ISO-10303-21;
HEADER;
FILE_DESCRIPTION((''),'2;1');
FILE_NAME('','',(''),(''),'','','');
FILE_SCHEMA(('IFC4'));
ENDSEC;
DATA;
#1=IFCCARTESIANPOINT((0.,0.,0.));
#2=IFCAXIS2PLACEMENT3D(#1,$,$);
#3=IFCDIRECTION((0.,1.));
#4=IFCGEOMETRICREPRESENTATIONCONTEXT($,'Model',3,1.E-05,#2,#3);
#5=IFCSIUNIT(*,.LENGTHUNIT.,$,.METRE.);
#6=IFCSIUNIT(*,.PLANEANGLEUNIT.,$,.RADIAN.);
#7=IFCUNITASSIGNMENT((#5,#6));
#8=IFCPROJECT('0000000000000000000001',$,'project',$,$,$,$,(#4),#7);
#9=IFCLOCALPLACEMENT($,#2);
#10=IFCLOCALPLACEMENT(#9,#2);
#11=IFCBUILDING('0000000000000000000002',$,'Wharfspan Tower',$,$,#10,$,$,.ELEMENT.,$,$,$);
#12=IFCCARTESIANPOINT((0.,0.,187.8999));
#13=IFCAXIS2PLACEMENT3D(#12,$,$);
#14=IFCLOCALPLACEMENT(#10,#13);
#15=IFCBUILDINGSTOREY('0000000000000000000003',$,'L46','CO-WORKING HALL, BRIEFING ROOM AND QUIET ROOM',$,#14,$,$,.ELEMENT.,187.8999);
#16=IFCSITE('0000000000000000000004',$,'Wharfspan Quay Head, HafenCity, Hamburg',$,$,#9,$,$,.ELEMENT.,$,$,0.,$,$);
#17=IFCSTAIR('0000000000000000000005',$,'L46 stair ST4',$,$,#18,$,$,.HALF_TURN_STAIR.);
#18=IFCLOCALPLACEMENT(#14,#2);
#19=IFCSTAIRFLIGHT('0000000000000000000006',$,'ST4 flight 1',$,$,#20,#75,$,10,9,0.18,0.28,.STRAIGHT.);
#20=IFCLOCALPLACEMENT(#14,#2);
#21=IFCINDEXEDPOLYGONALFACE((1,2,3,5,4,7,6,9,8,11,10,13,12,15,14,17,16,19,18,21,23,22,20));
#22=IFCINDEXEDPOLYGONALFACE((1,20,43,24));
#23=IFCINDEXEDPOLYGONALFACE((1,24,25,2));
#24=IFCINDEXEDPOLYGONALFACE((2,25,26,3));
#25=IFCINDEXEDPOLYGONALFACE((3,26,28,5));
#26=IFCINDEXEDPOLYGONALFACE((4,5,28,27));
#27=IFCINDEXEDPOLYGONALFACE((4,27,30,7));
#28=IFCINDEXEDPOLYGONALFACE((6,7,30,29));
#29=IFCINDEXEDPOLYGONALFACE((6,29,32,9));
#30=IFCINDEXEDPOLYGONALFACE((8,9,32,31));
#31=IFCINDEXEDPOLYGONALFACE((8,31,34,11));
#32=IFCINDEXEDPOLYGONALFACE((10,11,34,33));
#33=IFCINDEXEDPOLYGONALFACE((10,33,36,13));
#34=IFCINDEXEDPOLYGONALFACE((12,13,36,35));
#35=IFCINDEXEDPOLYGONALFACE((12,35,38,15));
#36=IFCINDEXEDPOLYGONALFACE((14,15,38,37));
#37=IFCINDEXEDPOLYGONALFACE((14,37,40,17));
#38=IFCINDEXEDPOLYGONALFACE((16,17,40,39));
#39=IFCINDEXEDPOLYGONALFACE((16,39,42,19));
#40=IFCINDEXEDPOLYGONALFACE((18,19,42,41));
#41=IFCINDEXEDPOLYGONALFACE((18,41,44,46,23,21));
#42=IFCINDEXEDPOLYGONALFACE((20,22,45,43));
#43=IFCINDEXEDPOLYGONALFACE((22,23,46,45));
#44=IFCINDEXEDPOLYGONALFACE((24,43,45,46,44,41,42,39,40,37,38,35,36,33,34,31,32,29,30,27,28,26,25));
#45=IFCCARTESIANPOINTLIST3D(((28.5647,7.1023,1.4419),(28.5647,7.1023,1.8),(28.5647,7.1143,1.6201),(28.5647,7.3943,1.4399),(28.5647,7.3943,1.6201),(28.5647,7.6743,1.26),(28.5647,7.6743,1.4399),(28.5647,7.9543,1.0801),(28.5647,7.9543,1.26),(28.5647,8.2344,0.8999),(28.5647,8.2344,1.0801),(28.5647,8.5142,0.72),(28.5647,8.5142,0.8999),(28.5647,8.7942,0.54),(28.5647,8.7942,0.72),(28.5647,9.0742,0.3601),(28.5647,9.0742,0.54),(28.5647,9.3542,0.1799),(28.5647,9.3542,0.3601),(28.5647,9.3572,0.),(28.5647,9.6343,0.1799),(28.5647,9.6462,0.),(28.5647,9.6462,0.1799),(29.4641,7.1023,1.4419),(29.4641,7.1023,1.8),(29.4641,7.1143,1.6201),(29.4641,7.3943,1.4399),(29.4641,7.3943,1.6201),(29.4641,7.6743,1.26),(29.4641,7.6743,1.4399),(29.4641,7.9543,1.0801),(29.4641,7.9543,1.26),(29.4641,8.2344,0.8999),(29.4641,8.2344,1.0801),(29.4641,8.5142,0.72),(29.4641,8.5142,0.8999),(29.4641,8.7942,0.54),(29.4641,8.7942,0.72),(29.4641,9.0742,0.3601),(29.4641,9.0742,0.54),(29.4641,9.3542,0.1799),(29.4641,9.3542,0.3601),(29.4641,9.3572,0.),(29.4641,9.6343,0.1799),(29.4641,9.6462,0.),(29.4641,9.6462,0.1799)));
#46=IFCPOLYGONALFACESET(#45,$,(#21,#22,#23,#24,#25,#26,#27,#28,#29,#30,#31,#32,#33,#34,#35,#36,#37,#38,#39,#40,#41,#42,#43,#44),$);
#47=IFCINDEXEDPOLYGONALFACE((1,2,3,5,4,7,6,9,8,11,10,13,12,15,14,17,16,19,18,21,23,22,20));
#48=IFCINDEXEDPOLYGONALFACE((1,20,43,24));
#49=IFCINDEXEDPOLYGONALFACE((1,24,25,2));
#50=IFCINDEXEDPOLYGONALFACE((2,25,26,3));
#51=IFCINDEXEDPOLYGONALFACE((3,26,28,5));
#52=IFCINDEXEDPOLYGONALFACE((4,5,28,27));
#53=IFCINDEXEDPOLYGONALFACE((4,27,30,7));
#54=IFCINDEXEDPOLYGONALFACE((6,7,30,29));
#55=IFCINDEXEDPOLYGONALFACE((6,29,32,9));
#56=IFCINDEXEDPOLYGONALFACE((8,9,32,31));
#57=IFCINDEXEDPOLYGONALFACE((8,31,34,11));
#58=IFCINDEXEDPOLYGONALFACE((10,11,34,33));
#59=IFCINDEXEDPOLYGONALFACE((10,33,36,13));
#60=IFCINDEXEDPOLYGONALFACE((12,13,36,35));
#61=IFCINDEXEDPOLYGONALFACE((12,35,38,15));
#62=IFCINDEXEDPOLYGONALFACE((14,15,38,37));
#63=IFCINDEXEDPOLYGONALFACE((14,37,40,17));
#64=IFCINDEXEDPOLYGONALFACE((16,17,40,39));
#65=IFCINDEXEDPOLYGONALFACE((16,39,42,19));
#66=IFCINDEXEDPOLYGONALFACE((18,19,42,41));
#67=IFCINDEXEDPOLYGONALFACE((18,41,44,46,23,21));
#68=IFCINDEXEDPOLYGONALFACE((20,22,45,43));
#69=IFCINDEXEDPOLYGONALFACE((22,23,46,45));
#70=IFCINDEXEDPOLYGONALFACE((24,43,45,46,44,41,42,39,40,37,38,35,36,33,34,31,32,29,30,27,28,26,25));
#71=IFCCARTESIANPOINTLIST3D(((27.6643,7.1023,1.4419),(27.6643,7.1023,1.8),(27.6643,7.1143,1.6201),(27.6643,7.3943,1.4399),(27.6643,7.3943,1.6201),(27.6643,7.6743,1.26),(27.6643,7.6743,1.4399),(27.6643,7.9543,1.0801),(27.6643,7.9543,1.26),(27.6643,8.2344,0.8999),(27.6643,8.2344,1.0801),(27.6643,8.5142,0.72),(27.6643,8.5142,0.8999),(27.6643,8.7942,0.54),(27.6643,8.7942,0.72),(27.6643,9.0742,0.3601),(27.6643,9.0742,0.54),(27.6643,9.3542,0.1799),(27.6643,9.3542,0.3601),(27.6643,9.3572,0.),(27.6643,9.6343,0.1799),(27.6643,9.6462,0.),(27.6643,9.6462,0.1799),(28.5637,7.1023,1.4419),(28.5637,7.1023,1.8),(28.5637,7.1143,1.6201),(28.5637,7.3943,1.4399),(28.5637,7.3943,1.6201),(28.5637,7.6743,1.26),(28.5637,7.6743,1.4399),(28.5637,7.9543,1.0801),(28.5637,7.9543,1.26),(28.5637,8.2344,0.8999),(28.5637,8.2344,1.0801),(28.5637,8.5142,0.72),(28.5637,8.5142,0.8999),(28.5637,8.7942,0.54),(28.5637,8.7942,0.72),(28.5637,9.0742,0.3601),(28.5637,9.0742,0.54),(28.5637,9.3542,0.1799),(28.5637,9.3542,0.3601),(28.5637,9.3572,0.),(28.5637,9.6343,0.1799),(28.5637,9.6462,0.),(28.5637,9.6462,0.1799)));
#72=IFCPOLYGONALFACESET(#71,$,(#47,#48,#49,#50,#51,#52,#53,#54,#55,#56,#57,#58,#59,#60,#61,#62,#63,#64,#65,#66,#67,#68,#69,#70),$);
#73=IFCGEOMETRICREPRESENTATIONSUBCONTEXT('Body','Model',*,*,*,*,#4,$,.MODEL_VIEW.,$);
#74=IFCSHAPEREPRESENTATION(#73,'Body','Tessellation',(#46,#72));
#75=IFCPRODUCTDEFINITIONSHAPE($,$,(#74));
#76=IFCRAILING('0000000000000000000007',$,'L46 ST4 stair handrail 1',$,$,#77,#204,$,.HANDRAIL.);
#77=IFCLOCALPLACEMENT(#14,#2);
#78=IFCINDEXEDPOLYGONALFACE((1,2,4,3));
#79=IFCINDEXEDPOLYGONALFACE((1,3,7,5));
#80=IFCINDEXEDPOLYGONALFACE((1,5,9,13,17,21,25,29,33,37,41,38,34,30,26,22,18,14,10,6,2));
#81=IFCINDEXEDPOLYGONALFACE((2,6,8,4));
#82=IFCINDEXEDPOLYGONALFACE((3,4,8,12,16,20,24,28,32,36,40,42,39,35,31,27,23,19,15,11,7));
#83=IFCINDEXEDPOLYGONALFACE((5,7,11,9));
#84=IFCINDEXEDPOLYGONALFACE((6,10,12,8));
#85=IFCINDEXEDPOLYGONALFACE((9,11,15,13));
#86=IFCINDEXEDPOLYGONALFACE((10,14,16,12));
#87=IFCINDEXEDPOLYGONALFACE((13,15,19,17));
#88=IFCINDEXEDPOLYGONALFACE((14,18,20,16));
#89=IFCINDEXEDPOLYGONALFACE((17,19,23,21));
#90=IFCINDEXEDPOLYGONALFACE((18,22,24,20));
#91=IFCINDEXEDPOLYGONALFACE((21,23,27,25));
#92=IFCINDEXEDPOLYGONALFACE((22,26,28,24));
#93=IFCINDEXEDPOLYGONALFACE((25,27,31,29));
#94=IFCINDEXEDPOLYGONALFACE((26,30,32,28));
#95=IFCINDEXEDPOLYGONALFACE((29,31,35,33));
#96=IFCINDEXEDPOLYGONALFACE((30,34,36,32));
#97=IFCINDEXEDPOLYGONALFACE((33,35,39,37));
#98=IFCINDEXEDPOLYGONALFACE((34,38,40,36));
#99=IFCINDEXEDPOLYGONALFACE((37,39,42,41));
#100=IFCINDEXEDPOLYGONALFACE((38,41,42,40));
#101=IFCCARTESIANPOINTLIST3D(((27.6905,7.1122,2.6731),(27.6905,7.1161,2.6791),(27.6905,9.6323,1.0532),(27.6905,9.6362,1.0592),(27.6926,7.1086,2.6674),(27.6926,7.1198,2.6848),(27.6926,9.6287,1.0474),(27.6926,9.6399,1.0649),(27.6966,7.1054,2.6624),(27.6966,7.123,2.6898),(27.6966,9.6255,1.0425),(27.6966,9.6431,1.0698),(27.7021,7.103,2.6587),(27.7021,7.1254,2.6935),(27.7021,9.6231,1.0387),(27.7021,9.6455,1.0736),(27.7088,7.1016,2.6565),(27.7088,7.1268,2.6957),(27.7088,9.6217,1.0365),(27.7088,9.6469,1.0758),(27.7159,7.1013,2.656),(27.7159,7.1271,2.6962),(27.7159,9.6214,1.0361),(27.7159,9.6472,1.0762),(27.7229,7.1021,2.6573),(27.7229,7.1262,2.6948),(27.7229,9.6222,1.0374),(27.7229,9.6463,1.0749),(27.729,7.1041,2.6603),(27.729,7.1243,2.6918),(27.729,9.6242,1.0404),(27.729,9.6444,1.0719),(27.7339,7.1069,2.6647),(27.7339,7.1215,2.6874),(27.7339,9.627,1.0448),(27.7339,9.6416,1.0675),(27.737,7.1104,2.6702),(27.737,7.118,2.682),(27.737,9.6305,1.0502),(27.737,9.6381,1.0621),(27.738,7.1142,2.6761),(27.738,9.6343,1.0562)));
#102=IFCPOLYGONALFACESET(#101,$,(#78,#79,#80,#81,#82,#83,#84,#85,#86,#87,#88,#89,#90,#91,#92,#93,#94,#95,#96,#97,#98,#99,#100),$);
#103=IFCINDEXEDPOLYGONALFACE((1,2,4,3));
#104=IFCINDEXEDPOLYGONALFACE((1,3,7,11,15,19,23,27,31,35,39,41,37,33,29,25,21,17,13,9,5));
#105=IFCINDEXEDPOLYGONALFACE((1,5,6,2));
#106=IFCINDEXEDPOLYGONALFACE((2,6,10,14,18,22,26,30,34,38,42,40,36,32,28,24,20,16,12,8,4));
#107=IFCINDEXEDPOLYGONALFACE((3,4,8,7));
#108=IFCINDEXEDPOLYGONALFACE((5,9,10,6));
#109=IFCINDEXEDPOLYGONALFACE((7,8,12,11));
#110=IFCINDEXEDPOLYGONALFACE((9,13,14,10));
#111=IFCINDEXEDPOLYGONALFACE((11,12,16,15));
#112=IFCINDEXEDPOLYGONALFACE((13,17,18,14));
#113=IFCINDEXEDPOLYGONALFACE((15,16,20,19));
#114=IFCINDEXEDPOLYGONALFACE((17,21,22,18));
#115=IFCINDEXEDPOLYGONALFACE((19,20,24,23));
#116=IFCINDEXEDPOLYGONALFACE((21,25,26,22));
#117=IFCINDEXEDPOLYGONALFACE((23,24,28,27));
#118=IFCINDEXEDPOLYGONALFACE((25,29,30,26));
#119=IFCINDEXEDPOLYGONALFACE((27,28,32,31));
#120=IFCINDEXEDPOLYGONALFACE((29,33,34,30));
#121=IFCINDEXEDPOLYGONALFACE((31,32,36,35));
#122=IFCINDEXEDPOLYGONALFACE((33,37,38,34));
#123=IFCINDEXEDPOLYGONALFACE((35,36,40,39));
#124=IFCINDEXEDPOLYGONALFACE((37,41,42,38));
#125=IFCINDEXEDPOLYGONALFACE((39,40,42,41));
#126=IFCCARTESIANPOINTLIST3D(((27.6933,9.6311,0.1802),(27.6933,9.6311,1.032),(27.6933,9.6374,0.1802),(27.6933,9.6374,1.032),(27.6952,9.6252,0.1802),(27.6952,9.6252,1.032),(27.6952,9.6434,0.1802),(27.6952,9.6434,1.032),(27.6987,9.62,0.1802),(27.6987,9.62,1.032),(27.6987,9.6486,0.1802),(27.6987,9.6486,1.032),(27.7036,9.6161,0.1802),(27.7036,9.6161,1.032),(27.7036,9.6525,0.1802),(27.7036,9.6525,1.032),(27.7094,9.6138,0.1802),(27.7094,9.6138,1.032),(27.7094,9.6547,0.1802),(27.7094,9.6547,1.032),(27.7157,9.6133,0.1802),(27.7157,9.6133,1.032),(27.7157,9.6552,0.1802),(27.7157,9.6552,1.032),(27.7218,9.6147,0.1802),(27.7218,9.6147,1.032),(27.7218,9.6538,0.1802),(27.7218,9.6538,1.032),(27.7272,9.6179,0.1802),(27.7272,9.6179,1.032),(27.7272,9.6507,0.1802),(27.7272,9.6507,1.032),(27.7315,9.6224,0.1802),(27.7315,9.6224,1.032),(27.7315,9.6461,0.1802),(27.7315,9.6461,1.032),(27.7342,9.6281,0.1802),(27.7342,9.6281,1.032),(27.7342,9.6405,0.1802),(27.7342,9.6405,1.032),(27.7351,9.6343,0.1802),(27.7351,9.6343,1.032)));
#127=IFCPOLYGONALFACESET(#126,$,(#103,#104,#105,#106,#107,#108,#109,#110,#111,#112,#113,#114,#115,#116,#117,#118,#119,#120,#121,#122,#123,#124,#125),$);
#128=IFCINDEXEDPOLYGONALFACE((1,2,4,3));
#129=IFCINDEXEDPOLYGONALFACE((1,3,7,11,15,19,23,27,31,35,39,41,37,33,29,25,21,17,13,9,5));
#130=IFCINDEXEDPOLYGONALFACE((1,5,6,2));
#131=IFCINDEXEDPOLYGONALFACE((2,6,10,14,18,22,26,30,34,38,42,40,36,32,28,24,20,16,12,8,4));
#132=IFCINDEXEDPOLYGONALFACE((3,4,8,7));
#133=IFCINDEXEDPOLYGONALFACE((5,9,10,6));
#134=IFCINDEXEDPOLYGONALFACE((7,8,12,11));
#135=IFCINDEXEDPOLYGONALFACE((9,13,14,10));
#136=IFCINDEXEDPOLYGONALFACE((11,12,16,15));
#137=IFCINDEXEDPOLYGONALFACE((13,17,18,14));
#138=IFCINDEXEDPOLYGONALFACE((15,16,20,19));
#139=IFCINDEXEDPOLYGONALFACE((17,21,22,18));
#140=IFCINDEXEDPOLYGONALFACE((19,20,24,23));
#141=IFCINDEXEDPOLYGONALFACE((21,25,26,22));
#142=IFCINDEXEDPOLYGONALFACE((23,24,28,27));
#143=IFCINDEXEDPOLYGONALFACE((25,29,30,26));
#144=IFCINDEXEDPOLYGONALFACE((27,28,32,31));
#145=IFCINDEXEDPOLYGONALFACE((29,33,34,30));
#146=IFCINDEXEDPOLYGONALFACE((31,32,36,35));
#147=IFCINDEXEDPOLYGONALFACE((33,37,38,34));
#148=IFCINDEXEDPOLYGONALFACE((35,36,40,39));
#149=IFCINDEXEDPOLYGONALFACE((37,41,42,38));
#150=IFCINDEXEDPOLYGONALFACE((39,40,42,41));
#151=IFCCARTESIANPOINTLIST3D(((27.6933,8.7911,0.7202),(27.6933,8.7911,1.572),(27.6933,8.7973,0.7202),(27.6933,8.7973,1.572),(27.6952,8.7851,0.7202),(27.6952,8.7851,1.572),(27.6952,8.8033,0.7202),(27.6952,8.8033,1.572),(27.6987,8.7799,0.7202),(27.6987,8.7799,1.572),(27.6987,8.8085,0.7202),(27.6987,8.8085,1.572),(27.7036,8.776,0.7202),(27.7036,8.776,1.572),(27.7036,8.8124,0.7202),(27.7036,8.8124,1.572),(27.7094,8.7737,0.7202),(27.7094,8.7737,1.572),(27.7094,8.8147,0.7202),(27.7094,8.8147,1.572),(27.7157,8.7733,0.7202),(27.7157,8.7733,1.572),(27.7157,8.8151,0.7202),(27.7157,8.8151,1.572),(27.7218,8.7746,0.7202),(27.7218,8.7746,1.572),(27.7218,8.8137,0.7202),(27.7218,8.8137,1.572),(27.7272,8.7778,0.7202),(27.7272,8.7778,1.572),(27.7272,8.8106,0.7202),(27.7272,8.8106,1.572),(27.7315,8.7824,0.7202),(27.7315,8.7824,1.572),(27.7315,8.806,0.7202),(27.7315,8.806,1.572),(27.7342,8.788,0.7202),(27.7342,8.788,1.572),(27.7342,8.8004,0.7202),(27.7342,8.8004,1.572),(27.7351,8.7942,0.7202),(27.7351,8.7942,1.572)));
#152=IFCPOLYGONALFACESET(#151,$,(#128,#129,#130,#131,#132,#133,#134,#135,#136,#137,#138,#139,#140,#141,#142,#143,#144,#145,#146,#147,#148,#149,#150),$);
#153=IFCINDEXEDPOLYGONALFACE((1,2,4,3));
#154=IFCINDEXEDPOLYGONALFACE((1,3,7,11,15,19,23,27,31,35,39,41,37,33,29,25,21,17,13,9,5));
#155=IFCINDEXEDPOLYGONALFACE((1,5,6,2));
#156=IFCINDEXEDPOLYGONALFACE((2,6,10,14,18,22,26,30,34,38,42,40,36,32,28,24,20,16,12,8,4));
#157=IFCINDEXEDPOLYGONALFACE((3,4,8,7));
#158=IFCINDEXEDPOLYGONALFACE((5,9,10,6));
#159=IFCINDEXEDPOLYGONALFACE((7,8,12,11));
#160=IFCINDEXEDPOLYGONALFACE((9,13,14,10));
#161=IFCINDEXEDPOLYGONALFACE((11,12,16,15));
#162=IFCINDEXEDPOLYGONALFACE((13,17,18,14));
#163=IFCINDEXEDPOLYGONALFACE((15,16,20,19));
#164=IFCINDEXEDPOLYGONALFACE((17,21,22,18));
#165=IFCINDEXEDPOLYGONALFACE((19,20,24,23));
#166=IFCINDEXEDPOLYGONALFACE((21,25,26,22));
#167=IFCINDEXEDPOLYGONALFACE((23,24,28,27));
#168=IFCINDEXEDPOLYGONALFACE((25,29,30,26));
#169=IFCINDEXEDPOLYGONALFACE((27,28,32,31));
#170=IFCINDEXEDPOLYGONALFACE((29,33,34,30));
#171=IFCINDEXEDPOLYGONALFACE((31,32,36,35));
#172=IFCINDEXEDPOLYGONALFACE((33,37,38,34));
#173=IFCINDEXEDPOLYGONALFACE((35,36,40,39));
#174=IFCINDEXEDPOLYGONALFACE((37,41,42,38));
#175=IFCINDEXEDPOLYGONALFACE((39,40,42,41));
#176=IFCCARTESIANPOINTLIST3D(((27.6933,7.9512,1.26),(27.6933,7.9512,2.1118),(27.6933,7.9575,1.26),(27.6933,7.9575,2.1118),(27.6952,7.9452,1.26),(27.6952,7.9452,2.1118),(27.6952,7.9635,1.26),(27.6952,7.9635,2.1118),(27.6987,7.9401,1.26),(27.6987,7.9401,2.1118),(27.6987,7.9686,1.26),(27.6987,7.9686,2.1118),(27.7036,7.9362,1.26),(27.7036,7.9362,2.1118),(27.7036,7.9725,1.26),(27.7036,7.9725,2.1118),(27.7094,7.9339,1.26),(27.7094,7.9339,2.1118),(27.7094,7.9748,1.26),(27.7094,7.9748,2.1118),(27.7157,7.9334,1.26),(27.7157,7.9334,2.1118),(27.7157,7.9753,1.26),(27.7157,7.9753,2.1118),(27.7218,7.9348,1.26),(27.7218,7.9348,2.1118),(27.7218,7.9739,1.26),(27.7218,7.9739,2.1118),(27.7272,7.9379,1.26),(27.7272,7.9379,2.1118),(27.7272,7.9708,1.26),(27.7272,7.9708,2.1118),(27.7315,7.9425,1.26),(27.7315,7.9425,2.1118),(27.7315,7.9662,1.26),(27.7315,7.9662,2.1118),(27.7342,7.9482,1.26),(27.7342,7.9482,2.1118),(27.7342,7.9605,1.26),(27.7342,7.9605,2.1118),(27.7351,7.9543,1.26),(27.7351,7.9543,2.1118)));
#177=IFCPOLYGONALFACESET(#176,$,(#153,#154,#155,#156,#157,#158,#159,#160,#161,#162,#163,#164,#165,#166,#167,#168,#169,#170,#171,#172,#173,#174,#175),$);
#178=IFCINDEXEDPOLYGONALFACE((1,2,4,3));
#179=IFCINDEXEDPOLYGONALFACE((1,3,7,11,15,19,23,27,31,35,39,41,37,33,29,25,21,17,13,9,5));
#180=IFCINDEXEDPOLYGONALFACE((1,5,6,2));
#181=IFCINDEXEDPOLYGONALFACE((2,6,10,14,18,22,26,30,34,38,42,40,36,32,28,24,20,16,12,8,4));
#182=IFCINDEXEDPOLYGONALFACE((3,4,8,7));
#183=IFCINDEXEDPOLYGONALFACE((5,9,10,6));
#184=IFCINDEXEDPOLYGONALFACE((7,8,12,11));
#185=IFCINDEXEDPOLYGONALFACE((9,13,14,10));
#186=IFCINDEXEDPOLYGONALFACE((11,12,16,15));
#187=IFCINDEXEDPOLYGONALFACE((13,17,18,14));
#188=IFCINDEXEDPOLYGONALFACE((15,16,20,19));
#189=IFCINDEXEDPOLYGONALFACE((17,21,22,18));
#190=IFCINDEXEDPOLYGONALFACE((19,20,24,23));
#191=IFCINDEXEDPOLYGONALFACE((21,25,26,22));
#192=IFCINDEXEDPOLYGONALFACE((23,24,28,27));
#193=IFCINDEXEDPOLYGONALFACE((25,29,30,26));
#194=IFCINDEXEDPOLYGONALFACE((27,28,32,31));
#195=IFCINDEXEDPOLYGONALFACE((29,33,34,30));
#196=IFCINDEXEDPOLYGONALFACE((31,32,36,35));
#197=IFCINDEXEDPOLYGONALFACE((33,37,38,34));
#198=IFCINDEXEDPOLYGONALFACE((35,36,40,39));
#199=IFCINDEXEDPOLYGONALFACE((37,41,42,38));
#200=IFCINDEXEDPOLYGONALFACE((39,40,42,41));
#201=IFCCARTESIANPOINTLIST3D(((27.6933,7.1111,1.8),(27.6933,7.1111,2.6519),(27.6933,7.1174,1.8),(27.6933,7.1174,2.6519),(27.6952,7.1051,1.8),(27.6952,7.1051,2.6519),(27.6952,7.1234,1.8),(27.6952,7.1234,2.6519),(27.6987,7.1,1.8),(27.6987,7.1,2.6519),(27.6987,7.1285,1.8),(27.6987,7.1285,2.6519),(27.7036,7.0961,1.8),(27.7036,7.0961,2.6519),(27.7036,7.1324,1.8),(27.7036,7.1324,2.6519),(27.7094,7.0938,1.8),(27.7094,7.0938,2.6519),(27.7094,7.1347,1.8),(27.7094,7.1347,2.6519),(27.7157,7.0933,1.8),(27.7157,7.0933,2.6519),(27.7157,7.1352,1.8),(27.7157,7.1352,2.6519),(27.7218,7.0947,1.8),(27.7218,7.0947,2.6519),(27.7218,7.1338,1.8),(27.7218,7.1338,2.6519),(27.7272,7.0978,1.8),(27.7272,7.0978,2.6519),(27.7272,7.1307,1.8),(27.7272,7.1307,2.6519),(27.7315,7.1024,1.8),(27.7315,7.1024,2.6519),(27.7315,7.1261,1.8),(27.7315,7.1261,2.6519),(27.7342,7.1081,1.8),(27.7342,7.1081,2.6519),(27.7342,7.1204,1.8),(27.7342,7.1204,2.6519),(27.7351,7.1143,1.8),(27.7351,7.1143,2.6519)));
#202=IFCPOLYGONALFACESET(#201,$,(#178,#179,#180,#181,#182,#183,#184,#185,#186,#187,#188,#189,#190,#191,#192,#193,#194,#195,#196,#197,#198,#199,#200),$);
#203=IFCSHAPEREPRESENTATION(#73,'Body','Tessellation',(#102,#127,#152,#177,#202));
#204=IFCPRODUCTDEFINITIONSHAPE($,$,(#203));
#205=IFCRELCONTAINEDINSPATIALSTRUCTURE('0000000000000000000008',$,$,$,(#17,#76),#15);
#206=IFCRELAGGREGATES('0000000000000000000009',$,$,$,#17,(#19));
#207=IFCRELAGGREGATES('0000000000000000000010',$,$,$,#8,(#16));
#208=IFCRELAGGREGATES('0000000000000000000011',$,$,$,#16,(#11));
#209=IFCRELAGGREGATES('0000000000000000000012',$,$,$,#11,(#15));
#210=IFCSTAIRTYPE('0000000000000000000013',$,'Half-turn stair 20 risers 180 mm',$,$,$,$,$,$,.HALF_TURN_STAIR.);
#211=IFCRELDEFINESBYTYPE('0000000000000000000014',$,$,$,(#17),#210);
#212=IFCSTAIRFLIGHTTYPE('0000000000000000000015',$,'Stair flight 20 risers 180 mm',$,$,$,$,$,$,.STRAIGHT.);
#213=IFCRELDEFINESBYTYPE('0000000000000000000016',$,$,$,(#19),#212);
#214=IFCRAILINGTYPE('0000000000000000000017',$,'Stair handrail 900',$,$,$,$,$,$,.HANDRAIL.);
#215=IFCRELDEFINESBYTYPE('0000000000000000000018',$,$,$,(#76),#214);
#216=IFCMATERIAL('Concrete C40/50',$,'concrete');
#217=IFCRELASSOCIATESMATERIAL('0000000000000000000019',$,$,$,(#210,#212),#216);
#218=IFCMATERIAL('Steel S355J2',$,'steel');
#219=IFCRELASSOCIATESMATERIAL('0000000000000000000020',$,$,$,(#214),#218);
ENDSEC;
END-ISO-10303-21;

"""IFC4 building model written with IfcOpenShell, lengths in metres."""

from ifc_helpers import new_model, si_unit, direction, frame, origin, origin_2d, place, context, subcontext, project, spatial, polyline, circle, outline, extrude, material, type_object, element, aggregate, save


model = new_model("IFC4")

# Units and contexts
model_context = context("Model", 3, precision=1e-05, world=origin(), true_north=direction((0.0, 1.0)))
body_context = subcontext(model_context, "Body", "Model", "MODEL_VIEW")
ifc_project = project(units=[si_unit("LENGTHUNIT", "METRE"), si_unit("PLANEANGLEUNIT", "RADIAN")], contexts=[model_context])

# Site, building, storey
site_placement = place(None, origin())
site = spatial("IfcSite", under=ifc_project, at=site_placement, Name="Wharfspan Quay Head, HafenCity, Hamburg", CompositionType="ELEMENT", RefElevation=0.0)
building_placement = place(site_placement, origin())
building = spatial("IfcBuilding", under=site, at=building_placement, Name="Wharfspan Tower", CompositionType="ELEMENT")
storey_placement = place(building_placement, frame((0.0, 0.0, 187.8999)))
storey = spatial("IfcBuildingStorey", under=building, at=storey_placement, Name="L46", Description="CO-WORKING HALL, BRIEFING ROOM AND QUIET ROOM", CompositionType="ELEMENT", Elevation=187.8999)

# Shared definitions
ifc_material_1 = material(Name="Steel S355J2", Category="steel")

# Shared definitions
ifc_material_2 = material(Name="Concrete C40/50", Category="concrete")

# Stair, stair flight
stair_type = type_object("IfcStairType", Name="Half-turn stair 20 risers 180 mm", PredefinedType="HALF_TURN_STAIR", material=ifc_material_2)
stair_placement = place(storey_placement, origin())
stair = element("IfcStair", 1, at=stair_placement, inside=storey, type_object=stair_type, Name="L46 stair ST4", PredefinedType="HALF_TURN_STAIR")
stair_flight_type = type_object("IfcStairFlightType", Name="Stair flight 20 risers 180 mm", PredefinedType="STRAIGHT", material=ifc_material_2)
stair_flight_placement = place(storey_placement, frame((28.5642, 9.6343, 0.0), z_axis=(0.0, 0.0, 1.0), x_axis=(0.0, -1.0, 0.0)))
stair_flight = element("IfcStairFlight", 2, at=stair_flight_placement, type_object=stair_flight_type, Name="ST4 flight 1", NumberOfRisers=10, NumberOfTreads=9, PredefinedType="STRAIGHT", RiserHeight=0.18, TreadLength=0.28, context=body_context, shape_type="SweptSolid", body=[
    extrude(outline(polyline([(-0.012, 0.0), (-0.012, 0.1799), (0.0, 0.1799), (0.28, 0.1799), (0.28, 0.3601), (0.5601, 0.3601), (0.5601, 0.54), (0.8401, 0.54), (0.8401, 0.72), (1.1201, 0.72), (1.1201, 0.8999), (1.3999, 0.8999), (1.3999, 1.0801), (1.6799, 1.0801), (1.6799, 1.26), (1.96, 1.26), (1.96, 1.4399), (2.24, 1.4399), (2.24, 1.6201), (2.52, 1.6201), (2.532, 1.8), (2.532, 1.4419), (0.2771, 0.0), (-0.012, 0.0)])), frame((0.0, 0.8999, 0.0), z_axis=(0.0, -1.0, 0.0), x_axis=(1.0, 0.0, 0.0)), (0.0, 0.0, 1.0), 0.8994),
    extrude(outline(polyline([(-0.012, 0.0), (-0.012, 0.1799), (0.0, 0.1799), (0.28, 0.1799), (0.28, 0.3601), (0.5601, 0.3601), (0.5601, 0.54), (0.8401, 0.54), (0.8401, 0.72), (1.1201, 0.72), (1.1201, 0.8999), (1.3999, 0.8999), (1.3999, 1.0801), (1.6799, 1.0801), (1.6799, 1.26), (1.96, 1.26), (1.96, 1.4399), (2.24, 1.4399), (2.24, 1.6201), (2.52, 1.6201), (2.532, 1.8), (2.532, 1.4419), (0.2771, 0.0), (-0.012, 0.0)])), frame((0.0, -0.0005, 0.0), z_axis=(0.0, -1.0, 0.0), x_axis=(1.0, 0.0, 0.0)), (0.0, 0.0, 1.0), 0.8994),
])
aggregate(stair, [stair_flight])

# Railing
railing_type = type_object("IfcRailingType", Name="Stair handrail 900", PredefinedType="HANDRAIL", material=ifc_material_1)
railing_placement = place(storey_placement, frame((27.7141, 9.6343, 0.1802)))
element("IfcRailing", 3, at=railing_placement, inside=storey, type_object=railing_type, Name="L46 ST4 stair handrail 1", PredefinedType="HANDRAIL", context=body_context, shape_type="SweptSolid", body=[
    extrude(circle(Radius=0.0239, at=origin_2d()), frame((0.0, 0.0, 0.876), z_axis=(0.0, -0.8412, 0.540725), x_axis=(1.0, 0.0, 0.0)), (0.0, 0.0, 1.0), 2.9958),
    extrude(circle(Radius=0.021, at=origin_2d()), origin(), (0.0, 0.0, 1.0), 0.8518),
    extrude(circle(Radius=0.021, at=origin_2d()), frame((0.0, -0.8401, 0.54)), (0.0, 0.0, 1.0), 0.8518),
    extrude(circle(Radius=0.021, at=origin_2d()), frame((0.0, -1.6799, 1.0798)), (0.0, 0.0, 1.0), 0.8518),
    extrude(circle(Radius=0.021, at=origin_2d()), frame((0.0, -2.52, 1.6199)), (0.0, 0.0, 1.0), 0.8518),
])

save(model, "model.ifc")
